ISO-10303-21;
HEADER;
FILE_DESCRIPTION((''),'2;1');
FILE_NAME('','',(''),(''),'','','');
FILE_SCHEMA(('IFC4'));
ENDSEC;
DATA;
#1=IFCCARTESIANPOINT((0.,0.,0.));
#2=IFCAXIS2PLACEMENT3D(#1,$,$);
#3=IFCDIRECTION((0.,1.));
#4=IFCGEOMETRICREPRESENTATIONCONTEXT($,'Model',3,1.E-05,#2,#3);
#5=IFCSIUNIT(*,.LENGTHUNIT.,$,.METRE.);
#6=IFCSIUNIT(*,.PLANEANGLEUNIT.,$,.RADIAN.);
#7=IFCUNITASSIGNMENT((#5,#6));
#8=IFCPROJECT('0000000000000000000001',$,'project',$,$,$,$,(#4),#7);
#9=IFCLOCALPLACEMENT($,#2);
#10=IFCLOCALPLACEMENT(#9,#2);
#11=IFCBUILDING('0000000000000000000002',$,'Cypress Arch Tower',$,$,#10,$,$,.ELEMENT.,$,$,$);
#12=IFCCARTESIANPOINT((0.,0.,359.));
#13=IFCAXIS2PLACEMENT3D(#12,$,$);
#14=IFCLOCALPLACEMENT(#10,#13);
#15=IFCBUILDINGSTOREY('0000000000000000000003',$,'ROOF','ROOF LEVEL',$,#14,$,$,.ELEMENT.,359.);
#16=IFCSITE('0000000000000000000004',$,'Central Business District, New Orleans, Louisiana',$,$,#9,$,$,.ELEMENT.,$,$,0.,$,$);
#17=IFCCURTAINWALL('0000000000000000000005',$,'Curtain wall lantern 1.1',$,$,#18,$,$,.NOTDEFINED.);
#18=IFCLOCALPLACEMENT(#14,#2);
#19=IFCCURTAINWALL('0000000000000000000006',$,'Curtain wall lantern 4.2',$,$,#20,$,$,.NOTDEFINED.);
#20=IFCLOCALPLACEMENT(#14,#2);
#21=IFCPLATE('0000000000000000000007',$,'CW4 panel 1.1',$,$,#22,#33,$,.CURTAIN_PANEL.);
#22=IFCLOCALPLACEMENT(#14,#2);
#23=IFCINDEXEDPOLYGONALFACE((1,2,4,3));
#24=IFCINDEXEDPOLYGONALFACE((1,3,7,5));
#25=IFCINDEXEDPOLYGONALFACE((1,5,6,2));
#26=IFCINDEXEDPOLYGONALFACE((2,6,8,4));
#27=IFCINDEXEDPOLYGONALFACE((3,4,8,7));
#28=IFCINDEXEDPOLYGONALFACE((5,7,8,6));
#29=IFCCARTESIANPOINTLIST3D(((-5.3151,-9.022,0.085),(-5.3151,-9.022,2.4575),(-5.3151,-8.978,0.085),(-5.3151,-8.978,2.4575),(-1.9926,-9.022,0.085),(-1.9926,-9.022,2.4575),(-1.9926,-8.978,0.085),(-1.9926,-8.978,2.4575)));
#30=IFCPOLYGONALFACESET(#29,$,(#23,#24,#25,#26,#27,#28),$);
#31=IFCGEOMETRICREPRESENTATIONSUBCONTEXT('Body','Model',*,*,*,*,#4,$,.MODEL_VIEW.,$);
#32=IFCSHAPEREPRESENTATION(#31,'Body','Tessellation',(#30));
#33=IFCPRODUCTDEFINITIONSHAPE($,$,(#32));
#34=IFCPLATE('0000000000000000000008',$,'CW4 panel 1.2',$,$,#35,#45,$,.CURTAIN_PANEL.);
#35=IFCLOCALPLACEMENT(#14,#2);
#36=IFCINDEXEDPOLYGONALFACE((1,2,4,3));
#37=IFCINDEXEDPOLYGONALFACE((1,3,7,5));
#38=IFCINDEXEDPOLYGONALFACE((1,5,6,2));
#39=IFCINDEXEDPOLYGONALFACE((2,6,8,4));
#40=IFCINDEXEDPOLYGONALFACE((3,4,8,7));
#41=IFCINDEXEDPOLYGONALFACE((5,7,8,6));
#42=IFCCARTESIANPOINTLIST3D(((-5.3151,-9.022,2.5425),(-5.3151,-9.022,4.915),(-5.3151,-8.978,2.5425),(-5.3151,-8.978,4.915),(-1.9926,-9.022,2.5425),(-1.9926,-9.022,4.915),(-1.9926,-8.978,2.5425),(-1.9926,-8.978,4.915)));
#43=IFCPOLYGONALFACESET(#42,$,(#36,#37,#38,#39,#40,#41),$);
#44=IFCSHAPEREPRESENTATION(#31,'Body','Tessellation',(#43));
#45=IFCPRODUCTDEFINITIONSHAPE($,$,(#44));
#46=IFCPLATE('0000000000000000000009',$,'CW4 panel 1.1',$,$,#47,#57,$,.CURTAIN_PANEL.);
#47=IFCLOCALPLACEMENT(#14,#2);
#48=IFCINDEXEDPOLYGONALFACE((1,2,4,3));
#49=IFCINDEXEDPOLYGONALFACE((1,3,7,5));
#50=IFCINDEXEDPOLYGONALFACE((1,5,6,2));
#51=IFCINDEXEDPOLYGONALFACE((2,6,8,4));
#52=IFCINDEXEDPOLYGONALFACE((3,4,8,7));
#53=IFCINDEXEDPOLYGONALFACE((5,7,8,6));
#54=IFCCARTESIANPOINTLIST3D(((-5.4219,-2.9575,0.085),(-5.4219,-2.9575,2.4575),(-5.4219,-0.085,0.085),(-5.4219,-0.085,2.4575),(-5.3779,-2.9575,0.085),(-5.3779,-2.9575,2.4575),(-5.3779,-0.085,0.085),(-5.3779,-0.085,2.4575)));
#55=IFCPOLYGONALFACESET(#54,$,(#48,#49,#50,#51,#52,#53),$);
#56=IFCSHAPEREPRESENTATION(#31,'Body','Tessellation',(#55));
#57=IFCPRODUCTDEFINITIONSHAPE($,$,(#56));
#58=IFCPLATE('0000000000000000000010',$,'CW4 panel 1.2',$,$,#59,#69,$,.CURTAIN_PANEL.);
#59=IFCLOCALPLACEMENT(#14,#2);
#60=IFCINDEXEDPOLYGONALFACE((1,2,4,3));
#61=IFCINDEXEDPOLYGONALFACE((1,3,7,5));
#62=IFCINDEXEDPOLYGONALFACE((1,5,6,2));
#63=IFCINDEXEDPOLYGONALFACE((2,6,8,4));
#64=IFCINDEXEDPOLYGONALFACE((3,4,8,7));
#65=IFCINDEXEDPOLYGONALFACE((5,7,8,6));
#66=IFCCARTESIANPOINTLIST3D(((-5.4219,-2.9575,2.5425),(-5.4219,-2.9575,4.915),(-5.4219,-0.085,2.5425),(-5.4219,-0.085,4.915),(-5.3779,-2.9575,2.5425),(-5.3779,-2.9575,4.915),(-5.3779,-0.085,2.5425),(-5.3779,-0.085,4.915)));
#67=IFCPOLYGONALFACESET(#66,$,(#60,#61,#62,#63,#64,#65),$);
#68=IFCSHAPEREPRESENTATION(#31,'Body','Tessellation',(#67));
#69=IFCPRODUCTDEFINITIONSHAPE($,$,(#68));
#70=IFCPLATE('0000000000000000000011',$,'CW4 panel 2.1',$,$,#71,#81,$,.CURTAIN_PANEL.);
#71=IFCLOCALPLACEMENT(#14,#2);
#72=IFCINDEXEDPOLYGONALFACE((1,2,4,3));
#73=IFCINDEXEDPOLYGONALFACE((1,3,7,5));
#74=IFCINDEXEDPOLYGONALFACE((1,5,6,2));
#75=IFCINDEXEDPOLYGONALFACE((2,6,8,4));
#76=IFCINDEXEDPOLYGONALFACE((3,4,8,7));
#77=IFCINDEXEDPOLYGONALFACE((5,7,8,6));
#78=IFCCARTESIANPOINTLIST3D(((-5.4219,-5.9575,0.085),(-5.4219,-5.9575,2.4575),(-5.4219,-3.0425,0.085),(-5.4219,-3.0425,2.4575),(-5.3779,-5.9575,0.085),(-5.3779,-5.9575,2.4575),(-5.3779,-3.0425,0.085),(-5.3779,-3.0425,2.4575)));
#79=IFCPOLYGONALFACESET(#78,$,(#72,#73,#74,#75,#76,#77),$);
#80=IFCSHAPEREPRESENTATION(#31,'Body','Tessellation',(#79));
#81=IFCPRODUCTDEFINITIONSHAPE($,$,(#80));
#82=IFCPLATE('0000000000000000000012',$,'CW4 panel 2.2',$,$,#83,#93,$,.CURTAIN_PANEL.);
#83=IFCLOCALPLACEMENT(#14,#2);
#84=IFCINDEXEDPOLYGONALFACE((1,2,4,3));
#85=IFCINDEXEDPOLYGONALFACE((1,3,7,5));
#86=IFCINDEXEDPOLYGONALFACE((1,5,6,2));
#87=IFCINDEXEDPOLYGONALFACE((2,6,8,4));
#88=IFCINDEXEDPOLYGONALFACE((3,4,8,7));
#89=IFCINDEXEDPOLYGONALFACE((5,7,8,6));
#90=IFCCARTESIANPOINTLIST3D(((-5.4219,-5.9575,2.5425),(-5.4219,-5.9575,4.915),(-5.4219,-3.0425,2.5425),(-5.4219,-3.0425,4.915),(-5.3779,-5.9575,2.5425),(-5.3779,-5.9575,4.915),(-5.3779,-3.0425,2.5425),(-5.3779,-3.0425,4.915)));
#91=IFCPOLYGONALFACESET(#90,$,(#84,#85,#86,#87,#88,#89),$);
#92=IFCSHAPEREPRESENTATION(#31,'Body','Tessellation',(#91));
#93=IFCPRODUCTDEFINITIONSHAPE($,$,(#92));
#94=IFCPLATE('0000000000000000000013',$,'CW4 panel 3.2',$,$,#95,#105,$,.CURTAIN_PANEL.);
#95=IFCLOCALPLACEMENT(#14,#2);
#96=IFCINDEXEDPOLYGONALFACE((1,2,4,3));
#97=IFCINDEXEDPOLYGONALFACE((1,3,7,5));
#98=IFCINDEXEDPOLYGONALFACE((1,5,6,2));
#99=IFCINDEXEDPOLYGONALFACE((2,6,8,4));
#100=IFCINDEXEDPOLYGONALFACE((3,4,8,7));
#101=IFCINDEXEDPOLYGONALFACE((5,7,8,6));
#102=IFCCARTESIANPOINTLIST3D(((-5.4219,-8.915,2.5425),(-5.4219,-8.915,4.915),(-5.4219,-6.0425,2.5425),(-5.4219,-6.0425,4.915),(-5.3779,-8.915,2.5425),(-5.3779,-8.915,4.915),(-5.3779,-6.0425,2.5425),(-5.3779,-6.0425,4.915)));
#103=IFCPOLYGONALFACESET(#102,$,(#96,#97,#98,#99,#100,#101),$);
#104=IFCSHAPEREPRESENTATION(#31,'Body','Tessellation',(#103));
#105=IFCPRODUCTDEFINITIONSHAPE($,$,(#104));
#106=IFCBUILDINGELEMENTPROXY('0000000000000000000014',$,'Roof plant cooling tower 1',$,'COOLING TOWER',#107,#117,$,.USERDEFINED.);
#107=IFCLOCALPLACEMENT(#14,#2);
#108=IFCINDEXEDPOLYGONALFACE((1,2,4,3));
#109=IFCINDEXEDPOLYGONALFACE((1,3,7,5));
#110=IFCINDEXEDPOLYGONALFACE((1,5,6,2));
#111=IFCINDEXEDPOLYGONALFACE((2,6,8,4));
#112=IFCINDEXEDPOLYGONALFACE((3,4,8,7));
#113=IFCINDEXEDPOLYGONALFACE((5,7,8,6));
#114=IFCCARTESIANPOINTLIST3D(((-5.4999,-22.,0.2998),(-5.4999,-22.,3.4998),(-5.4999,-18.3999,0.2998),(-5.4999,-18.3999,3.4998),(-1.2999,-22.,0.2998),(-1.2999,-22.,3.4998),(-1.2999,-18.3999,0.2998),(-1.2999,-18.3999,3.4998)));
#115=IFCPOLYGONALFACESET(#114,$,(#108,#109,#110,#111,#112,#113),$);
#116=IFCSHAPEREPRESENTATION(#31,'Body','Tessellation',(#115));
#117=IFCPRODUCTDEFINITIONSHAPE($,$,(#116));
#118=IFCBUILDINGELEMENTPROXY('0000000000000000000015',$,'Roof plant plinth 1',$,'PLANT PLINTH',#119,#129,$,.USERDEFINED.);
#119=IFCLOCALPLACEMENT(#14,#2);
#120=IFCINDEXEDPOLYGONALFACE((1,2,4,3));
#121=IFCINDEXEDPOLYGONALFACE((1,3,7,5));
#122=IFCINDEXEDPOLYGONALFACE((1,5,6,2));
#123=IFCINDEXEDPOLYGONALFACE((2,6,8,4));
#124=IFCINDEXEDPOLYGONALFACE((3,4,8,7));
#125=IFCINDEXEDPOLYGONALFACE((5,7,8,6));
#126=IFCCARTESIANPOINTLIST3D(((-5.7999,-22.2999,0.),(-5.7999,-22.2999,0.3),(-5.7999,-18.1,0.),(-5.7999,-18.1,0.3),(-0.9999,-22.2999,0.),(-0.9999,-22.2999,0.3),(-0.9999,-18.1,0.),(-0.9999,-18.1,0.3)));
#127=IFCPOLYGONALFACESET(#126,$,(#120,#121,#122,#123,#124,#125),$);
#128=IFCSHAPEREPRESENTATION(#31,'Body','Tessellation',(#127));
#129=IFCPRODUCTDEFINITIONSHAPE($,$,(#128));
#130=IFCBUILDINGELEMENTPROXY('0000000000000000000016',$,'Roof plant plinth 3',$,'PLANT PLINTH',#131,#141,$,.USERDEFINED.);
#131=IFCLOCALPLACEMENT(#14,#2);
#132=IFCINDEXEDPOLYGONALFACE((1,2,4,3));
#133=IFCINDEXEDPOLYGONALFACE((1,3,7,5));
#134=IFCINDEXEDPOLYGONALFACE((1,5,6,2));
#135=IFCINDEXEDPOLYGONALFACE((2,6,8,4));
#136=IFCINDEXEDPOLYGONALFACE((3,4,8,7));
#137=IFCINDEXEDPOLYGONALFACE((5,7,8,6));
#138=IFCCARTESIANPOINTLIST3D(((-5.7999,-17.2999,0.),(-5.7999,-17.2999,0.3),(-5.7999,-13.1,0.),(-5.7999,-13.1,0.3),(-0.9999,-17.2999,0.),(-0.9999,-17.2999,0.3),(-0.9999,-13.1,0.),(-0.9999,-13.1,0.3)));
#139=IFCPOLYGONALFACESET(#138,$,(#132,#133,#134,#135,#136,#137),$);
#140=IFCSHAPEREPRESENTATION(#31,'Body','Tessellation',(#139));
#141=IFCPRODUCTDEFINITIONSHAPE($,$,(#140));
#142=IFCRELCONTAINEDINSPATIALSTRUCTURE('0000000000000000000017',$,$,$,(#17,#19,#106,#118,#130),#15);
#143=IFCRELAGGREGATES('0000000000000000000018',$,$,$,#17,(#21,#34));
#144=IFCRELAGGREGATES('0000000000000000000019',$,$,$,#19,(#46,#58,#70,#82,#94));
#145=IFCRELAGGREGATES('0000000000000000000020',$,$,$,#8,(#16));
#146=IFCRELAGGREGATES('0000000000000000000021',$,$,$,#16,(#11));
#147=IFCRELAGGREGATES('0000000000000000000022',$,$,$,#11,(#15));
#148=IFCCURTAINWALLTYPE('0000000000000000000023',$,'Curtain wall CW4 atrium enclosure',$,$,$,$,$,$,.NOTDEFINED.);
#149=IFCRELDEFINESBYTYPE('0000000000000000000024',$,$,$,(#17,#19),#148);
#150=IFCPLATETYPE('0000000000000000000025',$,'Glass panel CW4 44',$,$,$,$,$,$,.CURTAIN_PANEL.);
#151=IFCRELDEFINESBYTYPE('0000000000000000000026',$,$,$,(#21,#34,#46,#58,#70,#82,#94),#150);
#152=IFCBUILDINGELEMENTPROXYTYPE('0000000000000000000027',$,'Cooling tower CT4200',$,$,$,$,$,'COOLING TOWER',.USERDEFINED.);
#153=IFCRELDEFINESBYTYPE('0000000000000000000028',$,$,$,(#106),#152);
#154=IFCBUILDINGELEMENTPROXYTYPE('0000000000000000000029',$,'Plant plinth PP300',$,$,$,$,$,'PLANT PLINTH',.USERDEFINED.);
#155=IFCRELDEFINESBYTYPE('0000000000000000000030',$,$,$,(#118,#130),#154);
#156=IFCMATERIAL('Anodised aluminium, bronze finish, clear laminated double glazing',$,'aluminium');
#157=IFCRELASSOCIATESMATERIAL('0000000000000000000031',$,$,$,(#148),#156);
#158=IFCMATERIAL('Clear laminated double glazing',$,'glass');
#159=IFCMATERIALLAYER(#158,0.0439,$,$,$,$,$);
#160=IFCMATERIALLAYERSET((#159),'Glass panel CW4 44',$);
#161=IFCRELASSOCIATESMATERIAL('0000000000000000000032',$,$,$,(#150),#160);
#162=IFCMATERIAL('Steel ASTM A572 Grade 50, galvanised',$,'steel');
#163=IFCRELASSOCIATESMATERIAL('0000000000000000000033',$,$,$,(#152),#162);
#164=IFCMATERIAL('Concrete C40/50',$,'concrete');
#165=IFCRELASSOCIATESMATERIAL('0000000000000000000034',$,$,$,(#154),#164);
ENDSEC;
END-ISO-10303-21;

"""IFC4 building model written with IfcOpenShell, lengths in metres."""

from ifc_helpers import new_model, si_unit, direction, frame, origin, origin_2d, place, context, subcontext, project, spatial, rectangle, extrude, material, layer, layer_set, type_object, element, aggregate, save


model = new_model("IFC4")

# Units and contexts
model_context = context("Model", 3, precision=1e-05, world=origin(), true_north=direction((0.0, 1.0)))
body_context = subcontext(model_context, "Body", "Model", "MODEL_VIEW")
ifc_project = project(units=[si_unit("LENGTHUNIT", "METRE"), si_unit("PLANEANGLEUNIT", "RADIAN")], contexts=[model_context])

# Site, building, storey
site_placement = place(None, origin())
site = spatial("IfcSite", under=ifc_project, at=site_placement, Name="Central Business District, New Orleans, Louisiana", CompositionType="ELEMENT", RefElevation=0.0)
building_placement = place(site_placement, origin())
building = spatial("IfcBuilding", under=site, at=building_placement, Name="Cypress Arch Tower", CompositionType="ELEMENT")
storey_placement = place(building_placement, frame((0.0, 0.0, 359.0)))
storey = spatial("IfcBuildingStorey", under=building, at=storey_placement, Name="ROOF", Description="ROOF LEVEL", CompositionType="ELEMENT", Elevation=359.0)

# Curtain wall
ifc_material_1 = material(Name="Anodised aluminium, bronze finish, clear laminated double glazing", Category="aluminium")
curtain_wall_type = type_object("IfcCurtainWallType", Name="Curtain wall CW4 atrium enclosure", PredefinedType="NOTDEFINED", material=ifc_material_1)
curtain_wall_1_placement = place(storey_placement, origin())
curtain_wall_1 = element("IfcCurtainWall", 1, at=curtain_wall_1_placement, inside=storey, type_object=curtain_wall_type, Name="Curtain wall lantern 1.1", PredefinedType="NOTDEFINED")

# Curtain wall
curtain_wall_2_placement = place(storey_placement, origin())
curtain_wall_2 = element("IfcCurtainWall", 2, at=curtain_wall_2_placement, inside=storey, type_object=curtain_wall_type, Name="Curtain wall lantern 4.2", PredefinedType="NOTDEFINED")

# Plates
ifc_material_2 = material(Name="Clear laminated double glazing", Category="glass")
ifc_layer = layer(ifc_material_2, 0.0439)
ifc_layer_set = layer_set([ifc_layer], Name="Glass panel CW4 44")
plate_type = type_object("IfcPlateType", Name="Glass panel CW4 44", PredefinedType="CURTAIN_PANEL", material=ifc_layer_set)
plate_1_placement = place(storey_placement, frame((-3.6538, -9.0, 0.085), z_axis=(0.0, 0.0, 1.0), x_axis=(1.0, 0.0, 0.0)))
plate_1 = element("IfcPlate", 3, at=plate_1_placement, type_object=plate_type, Name="CW4 panel 1.1", PredefinedType="CURTAIN_PANEL", context=body_context, shape_type="SweptSolid", body=[
    extrude(rectangle(XDim=3.3225, YDim=0.0439, at=origin_2d()), origin(), (0.0, 0.0, 1.0), 2.3726),
])
plate_2_placement = place(storey_placement, frame((-3.6538, -9.0, 2.5425), z_axis=(0.0, 0.0, 1.0), x_axis=(1.0, 0.0, 0.0)))
plate_2 = element("IfcPlate", 4, at=plate_2_placement, type_object=plate_type, Name="CW4 panel 1.2", PredefinedType="CURTAIN_PANEL", context=body_context, shape_type="SweptSolid", body=[
    extrude(rectangle(XDim=3.3225, YDim=0.0439, at=origin_2d()), origin(), (0.0, 0.0, 1.0), 2.3726),
])
aggregate(curtain_wall_1, [plate_1, plate_2])
plate_3_placement = place(storey_placement, frame((-5.3999, -1.5212, 0.085), z_axis=(0.0, 0.0, 1.0), x_axis=(0.0, -1.0, 0.0)))
plate_3 = element("IfcPlate", 5, at=plate_3_placement, type_object=plate_type, Name="CW4 panel 1.1", PredefinedType="CURTAIN_PANEL", context=body_context, shape_type="SweptSolid", body=[
    extrude(rectangle(XDim=2.8726, YDim=0.0439, at=origin_2d()), origin(), (0.0, 0.0, 1.0), 2.3726),
])
plate_4_placement = place(storey_placement, frame((-5.3999, -1.5212, 2.5425), z_axis=(0.0, 0.0, 1.0), x_axis=(0.0, -1.0, 0.0)))
plate_4 = element("IfcPlate", 6, at=plate_4_placement, type_object=plate_type, Name="CW4 panel 1.2", PredefinedType="CURTAIN_PANEL", context=body_context, shape_type="SweptSolid", body=[
    extrude(rectangle(XDim=2.8726, YDim=0.0439, at=origin_2d()), origin(), (0.0, 0.0, 1.0), 2.3726),
])
plate_5_placement = place(storey_placement, frame((-5.3999, -4.5, 0.085), z_axis=(0.0, 0.0, 1.0), x_axis=(0.0, -1.0, 0.0)))
plate_5 = element("IfcPlate", 7, at=plate_5_placement, type_object=plate_type, Name="CW4 panel 2.1", PredefinedType="CURTAIN_PANEL", context=body_context, shape_type="SweptSolid", body=[
    extrude(rectangle(XDim=2.915, YDim=0.0439, at=origin_2d()), origin(), (0.0, 0.0, 1.0), 2.3726),
])
plate_6_placement = place(storey_placement, frame((-5.3999, -4.5, 2.5425), z_axis=(0.0, 0.0, 1.0), x_axis=(0.0, -1.0, 0.0)))
plate_6 = element("IfcPlate", 8, at=plate_6_placement, type_object=plate_type, Name="CW4 panel 2.2", PredefinedType="CURTAIN_PANEL", context=body_context, shape_type="SweptSolid", body=[
    extrude(rectangle(XDim=2.915, YDim=0.0439, at=origin_2d()), origin(), (0.0, 0.0, 1.0), 2.3726),
])
plate_7_placement = place(storey_placement, frame((-5.3999, -7.4788, 2.5425), z_axis=(0.0, 0.0, 1.0), x_axis=(0.0, -1.0, 0.0)))
plate_7 = element("IfcPlate", 9, at=plate_7_placement, type_object=plate_type, Name="CW4 panel 3.2", PredefinedType="CURTAIN_PANEL", context=body_context, shape_type="SweptSolid", body=[
    extrude(rectangle(XDim=2.8726, YDim=0.0439, at=origin_2d()), origin(), (0.0, 0.0, 1.0), 2.3726),
])
aggregate(curtain_wall_2, [plate_3, plate_4, plate_5, plate_6, plate_7])

# Building element proxies
ifc_material_3 = material(Name="Steel ASTM A572 Grade 50, galvanised", Category="steel")
building_element_proxy_type_1 = type_object("IfcBuildingElementProxyType", Name="Cooling tower CT4200", ElementType="COOLING TOWER", PredefinedType="USERDEFINED", material=ifc_material_3)
proxy_placement = place(storey_placement, frame((-3.3999, -20.2, 0.2998), z_axis=(0.0, 0.0, 1.0), x_axis=(1.0, 0.0, 0.0)))
element("IfcBuildingElementProxy", 10, at=proxy_placement, inside=storey, type_object=building_element_proxy_type_1, Name="Roof plant cooling tower 1", ObjectType="COOLING TOWER", PredefinedType="USERDEFINED", context=body_context, shape_type="SweptSolid", body=[
    extrude(rectangle(XDim=4.2, YDim=3.6001, at=origin_2d()), origin(), (0.0, 0.0, 1.0), 3.2),
])
ifc_material_4 = material(Name="Concrete C40/50", Category="concrete")
building_element_proxy_type_2 = type_object("IfcBuildingElementProxyType", Name="Plant plinth PP300", ElementType="PLANT PLINTH", PredefinedType="USERDEFINED", material=ifc_material_4)
for number, where, z_axis, x_axis, name in (
    (11, (-3.3999, -20.2, 0.0), (0.0, 0.0, 1.0), (1.0, 0.0, 0.0), "Roof plant plinth 1"),
    (12, (-3.3999, -15.2, 0.0), (0.0, 0.0, 1.0), (1.0, 0.0, 0.0), "Roof plant plinth 3"),
):
    element("IfcBuildingElementProxy", number, at=place(storey_placement, frame(where, z_axis=z_axis, x_axis=x_axis)), inside=storey, type_object=building_element_proxy_type_2, Name=name, ObjectType="PLANT PLINTH", PredefinedType="USERDEFINED", context=body_context, shape_type="SweptSolid", body=[
        extrude(rectangle(XDim=4.8, YDim=4.2, at=origin_2d()), origin(), (0.0, 0.0, 1.0), 0.3),
    ])

save(model, "model.ifc")
